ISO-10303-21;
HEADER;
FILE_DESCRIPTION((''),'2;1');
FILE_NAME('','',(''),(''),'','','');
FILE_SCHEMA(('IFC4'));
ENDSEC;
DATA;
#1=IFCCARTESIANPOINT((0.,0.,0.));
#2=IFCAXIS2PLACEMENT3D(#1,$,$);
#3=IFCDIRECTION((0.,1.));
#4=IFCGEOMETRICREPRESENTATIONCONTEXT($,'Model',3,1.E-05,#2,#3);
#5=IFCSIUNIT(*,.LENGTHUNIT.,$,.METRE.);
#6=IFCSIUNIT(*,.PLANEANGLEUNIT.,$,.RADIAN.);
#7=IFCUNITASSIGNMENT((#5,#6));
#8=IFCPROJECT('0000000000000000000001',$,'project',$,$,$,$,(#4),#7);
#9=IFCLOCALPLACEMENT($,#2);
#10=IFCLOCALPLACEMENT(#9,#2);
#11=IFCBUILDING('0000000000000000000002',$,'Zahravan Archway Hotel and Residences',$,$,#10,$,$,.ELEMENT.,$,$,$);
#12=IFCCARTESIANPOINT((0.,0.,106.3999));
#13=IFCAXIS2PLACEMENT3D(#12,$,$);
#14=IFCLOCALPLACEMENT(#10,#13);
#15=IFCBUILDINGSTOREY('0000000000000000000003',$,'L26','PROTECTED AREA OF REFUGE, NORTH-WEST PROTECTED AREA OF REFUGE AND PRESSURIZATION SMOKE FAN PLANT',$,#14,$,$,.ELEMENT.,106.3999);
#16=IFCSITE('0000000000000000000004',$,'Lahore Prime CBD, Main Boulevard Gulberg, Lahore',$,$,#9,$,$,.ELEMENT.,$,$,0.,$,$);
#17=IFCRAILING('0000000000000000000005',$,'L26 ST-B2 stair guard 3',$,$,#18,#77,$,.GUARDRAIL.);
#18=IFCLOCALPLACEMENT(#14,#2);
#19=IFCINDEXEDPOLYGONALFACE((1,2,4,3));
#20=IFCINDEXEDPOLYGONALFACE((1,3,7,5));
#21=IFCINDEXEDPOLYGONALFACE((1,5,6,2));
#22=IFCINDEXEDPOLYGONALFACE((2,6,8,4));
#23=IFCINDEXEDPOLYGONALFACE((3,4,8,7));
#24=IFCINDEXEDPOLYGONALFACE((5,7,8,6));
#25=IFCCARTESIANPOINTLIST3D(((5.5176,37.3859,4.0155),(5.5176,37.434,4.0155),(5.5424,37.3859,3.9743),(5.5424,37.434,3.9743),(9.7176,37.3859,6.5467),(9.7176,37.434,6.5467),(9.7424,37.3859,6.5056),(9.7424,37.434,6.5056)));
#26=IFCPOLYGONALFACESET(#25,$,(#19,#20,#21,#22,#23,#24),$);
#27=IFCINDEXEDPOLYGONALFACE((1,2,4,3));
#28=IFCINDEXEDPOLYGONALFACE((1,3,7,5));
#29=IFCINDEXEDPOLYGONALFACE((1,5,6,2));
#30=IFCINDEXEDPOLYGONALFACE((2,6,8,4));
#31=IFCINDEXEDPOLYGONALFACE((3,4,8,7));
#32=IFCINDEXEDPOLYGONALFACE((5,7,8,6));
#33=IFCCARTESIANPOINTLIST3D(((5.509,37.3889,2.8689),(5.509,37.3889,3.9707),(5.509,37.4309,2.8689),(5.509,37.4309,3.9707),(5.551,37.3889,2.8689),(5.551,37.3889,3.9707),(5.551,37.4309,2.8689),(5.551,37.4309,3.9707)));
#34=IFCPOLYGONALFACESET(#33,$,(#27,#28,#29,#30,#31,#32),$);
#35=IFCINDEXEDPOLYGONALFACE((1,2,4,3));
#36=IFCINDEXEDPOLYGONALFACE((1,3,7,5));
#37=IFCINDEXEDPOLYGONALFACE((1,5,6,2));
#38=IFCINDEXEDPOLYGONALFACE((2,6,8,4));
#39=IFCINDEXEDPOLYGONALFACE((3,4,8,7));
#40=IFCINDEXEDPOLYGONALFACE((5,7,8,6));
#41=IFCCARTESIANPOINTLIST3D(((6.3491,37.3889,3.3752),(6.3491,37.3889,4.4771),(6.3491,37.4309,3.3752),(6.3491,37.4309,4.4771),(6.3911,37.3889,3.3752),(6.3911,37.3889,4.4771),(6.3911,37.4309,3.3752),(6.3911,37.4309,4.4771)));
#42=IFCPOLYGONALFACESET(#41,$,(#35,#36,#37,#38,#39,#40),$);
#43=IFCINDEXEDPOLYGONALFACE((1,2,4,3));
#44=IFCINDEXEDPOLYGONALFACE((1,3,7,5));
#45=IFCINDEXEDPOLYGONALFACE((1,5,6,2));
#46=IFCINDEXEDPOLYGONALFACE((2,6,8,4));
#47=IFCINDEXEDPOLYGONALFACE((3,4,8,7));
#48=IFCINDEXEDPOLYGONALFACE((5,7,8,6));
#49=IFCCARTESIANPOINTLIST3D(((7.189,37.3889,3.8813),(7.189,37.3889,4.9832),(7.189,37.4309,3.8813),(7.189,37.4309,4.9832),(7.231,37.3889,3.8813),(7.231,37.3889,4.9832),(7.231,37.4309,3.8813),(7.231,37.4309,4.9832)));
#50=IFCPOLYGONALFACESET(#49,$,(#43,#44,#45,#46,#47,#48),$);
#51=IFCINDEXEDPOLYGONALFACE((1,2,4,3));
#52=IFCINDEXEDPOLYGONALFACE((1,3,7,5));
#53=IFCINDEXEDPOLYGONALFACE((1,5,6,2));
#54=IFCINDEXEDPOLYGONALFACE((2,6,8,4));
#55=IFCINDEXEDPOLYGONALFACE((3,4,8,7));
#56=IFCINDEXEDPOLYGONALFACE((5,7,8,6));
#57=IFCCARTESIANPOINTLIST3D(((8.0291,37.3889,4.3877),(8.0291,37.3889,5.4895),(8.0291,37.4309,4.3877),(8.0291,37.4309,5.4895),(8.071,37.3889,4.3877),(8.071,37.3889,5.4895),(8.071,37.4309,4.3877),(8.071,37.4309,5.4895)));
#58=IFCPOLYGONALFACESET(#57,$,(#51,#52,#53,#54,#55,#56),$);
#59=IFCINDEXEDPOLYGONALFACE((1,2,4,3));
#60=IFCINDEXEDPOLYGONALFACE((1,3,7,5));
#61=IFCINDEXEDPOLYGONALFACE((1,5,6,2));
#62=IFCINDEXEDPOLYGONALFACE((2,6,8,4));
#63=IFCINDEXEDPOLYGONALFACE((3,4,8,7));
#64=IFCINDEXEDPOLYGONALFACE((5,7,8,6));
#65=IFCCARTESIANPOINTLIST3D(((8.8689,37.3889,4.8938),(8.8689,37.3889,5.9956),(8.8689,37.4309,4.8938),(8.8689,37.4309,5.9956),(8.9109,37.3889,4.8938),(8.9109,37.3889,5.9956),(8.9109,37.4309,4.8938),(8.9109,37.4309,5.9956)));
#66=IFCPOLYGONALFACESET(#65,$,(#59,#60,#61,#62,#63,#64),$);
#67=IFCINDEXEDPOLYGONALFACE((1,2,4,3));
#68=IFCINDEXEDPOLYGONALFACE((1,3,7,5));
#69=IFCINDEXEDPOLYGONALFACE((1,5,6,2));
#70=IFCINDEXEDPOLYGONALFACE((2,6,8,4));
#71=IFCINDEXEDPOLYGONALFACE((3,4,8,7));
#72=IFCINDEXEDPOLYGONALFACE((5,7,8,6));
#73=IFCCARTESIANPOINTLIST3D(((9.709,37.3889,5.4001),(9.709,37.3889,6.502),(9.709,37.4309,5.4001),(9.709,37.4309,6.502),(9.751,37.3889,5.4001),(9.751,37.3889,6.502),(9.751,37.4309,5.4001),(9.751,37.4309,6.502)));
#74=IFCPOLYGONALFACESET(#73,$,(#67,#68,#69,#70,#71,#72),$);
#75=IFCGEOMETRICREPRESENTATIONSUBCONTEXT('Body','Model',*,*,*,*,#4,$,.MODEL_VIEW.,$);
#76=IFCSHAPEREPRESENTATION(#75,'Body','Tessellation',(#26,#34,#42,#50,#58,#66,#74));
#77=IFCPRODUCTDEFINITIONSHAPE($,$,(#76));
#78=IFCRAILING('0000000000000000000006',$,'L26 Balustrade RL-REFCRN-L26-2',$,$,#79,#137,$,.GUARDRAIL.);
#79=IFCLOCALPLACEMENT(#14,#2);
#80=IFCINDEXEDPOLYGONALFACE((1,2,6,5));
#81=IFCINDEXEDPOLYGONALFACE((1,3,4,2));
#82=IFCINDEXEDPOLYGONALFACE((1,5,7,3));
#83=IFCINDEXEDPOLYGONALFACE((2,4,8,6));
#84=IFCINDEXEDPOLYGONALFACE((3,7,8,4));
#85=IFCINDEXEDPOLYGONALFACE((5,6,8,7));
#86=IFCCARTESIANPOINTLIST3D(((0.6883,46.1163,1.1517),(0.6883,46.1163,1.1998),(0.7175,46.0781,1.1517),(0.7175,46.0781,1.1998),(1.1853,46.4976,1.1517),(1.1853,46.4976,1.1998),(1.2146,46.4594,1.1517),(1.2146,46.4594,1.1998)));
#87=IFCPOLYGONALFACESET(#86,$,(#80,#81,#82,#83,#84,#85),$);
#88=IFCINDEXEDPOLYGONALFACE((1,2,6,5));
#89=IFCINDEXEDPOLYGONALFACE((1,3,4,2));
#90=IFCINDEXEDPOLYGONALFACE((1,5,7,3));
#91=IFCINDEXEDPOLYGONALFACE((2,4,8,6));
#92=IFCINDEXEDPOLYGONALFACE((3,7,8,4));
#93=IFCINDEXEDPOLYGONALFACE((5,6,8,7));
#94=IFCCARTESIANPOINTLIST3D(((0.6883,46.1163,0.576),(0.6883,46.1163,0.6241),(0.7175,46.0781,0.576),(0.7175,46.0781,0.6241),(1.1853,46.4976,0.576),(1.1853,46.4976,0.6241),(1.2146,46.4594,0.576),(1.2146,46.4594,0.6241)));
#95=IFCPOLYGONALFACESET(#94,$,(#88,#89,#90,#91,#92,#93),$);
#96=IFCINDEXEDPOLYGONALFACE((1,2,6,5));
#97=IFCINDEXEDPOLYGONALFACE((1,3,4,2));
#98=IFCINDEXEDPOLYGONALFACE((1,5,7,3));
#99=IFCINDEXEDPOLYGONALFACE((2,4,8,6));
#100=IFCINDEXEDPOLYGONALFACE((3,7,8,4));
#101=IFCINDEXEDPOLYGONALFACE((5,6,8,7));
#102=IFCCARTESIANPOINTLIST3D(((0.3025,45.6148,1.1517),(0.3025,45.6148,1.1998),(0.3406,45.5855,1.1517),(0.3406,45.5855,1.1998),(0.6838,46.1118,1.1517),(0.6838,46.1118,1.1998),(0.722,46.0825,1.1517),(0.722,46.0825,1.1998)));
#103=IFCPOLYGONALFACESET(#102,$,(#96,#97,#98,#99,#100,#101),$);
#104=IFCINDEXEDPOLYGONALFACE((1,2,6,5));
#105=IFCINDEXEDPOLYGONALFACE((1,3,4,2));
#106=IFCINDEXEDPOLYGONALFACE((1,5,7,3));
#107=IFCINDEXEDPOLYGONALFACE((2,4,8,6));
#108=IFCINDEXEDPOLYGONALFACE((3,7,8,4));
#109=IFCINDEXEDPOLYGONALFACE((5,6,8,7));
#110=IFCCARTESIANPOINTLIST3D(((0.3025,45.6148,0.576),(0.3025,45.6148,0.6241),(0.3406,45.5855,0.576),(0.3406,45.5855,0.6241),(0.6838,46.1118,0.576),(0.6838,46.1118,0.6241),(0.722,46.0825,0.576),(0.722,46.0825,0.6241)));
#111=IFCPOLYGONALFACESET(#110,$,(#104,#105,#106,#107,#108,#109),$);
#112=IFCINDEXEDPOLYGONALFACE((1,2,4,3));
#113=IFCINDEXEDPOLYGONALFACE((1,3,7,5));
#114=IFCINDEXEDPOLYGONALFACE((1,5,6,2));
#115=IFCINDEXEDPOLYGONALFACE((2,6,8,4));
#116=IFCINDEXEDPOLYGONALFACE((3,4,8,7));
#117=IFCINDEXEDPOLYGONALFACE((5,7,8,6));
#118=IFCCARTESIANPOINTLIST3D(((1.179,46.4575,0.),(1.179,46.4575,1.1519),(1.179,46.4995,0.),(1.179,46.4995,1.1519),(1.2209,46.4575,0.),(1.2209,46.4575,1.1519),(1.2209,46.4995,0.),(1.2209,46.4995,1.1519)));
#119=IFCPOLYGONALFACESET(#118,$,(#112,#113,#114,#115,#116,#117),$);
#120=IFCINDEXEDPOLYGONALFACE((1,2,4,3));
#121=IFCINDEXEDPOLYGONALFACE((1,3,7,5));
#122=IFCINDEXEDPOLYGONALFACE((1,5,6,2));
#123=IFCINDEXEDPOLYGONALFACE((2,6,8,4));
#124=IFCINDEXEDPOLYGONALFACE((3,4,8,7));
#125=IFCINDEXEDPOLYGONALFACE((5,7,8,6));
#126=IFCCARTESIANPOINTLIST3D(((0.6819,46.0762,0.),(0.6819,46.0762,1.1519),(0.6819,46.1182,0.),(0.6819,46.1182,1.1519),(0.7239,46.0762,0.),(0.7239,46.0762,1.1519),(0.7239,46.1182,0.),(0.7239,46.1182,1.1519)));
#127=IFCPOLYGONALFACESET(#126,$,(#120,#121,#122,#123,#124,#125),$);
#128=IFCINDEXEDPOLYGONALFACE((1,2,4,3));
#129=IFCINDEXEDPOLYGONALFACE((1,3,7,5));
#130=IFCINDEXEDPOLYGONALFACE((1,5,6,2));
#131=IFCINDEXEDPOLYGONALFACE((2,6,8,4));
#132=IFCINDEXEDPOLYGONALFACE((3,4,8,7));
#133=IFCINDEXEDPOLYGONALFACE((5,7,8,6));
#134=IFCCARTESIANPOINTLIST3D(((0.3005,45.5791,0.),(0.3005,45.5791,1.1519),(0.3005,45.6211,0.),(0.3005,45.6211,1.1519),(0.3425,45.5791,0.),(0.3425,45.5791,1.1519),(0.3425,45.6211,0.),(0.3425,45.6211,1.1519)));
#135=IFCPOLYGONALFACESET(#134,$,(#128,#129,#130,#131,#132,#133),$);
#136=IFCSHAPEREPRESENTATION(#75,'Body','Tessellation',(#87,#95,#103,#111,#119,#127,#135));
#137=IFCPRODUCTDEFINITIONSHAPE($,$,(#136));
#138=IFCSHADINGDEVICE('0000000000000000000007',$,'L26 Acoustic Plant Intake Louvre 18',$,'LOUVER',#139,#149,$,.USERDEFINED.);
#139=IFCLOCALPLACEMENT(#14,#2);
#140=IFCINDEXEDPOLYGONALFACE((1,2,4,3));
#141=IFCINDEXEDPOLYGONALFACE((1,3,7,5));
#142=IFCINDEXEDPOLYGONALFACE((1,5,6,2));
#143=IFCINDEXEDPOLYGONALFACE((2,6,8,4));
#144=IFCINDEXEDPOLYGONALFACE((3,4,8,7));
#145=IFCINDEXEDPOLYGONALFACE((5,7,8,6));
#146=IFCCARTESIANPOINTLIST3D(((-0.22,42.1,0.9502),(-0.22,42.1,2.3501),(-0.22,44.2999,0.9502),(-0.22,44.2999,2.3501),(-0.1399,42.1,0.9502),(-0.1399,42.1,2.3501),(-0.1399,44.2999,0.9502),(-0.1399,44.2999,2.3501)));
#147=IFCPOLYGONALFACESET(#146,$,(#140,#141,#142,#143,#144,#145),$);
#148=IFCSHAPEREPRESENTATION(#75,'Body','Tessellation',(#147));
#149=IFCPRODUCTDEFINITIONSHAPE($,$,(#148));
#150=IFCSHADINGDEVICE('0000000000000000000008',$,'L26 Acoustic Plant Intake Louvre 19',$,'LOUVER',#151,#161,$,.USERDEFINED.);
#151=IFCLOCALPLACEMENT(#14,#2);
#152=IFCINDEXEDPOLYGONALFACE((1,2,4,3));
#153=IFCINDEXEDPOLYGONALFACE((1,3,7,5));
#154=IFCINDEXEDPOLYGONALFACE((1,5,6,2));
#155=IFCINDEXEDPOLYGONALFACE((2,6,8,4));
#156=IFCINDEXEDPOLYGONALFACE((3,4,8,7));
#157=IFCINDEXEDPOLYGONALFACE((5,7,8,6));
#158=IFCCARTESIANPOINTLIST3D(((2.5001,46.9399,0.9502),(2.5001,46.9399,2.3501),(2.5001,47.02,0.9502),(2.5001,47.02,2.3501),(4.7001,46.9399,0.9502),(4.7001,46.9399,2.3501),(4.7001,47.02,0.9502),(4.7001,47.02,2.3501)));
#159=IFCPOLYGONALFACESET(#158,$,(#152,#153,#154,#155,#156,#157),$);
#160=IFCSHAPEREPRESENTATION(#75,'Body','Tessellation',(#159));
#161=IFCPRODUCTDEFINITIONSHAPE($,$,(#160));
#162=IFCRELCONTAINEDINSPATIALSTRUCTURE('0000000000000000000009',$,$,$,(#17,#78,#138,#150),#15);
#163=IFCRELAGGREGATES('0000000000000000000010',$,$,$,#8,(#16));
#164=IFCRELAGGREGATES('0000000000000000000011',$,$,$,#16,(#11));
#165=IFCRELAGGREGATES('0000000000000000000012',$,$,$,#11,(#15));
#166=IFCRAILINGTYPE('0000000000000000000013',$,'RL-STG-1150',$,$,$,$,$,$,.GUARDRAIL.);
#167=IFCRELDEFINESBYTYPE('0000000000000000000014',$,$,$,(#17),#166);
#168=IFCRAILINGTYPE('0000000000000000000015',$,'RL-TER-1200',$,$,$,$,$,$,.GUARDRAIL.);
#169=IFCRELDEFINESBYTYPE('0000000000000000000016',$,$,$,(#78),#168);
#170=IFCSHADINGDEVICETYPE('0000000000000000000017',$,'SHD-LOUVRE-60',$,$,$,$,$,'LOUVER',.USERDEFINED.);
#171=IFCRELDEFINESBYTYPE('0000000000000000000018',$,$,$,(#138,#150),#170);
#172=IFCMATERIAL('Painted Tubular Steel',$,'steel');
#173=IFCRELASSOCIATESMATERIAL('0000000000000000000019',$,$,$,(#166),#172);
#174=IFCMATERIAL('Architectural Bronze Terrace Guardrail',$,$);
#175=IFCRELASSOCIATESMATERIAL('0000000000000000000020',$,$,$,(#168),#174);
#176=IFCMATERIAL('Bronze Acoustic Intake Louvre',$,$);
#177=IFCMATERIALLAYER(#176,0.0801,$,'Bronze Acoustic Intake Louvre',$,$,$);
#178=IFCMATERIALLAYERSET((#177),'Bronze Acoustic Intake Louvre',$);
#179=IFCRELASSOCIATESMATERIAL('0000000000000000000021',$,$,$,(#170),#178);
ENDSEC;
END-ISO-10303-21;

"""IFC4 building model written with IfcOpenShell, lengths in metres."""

from ifc_helpers import new_model, si_unit, direction, frame, origin, origin_2d, place, context, subcontext, project, spatial, rectangle, extrude, source, transform, mapped, material, layer, layer_set, type_object, type_shapes, element, save


model = new_model("IFC4")

# Units and contexts
model_context = context("Model", 3, precision=1e-05, world=origin(), true_north=direction((0.0, 1.0)))
body_context = subcontext(model_context, "Body", "Model", "MODEL_VIEW")
ifc_project = project(units=[si_unit("LENGTHUNIT", "METRE"), si_unit("PLANEANGLEUNIT", "RADIAN")], contexts=[model_context])

# Site, building, storey
site_placement = place(None, origin())
site = spatial("IfcSite", under=ifc_project, at=site_placement, Name="Lahore Prime CBD, Main Boulevard Gulberg, Lahore", CompositionType="ELEMENT", RefElevation=0.0)
building_placement = place(site_placement, origin())
building = spatial("IfcBuilding", under=site, at=building_placement, Name="Zahravan Archway Hotel and Residences", CompositionType="ELEMENT")
storey_placement = place(building_placement, frame((0.0, 0.0, 106.3999)))
storey = spatial("IfcBuildingStorey", under=building, at=storey_placement, Name="L26", Description="PROTECTED AREA OF REFUGE, NORTH-WEST PROTECTED AREA OF REFUGE AND PRESSURIZATION SMOKE FAN PLANT", CompositionType="ELEMENT", Elevation=106.3999)

# Railings
ifc_material_1 = material(Name="Painted Tubular Steel", Category="steel")
railing_type_1 = type_object("IfcRailingType", Name="RL-STG-1150", PredefinedType="GUARDRAIL", material=ifc_material_1)
railing_1_placement = place(storey_placement, frame((5.53, 37.4099, 2.8689)))
element("IfcRailing", 1, at=railing_1_placement, inside=storey, type_object=railing_type_1, Name="L26 ST-B2 stair guard 3", PredefinedType="GUARDRAIL", context=body_context, shape_type="SweptSolid", body=[
    extrude(rectangle(XDim=0.0481, YDim=0.0481, at=origin_2d()), frame((0.0, 0.0, 1.126), z_axis=(0.856476, 0.0, 0.516186), x_axis=(0.0, 1.0, 0.0)), (0.0, 0.0, 1.0), 4.9038),
    extrude(rectangle(XDim=0.042, YDim=0.042, at=origin_2d()), origin(), (0.0, 0.0, 1.0), 1.1018),
    extrude(rectangle(XDim=0.042, YDim=0.042, at=origin_2d()), frame((0.8401, 0.0, 0.5063)), (0.0, 0.0, 1.0), 1.1018),
    extrude(rectangle(XDim=0.042, YDim=0.042, at=origin_2d()), frame((1.6799, 0.0, 1.0125)), (0.0, 0.0, 1.0), 1.1018),
    extrude(rectangle(XDim=0.042, YDim=0.042, at=origin_2d()), frame((2.52, 0.0, 1.5188)), (0.0, 0.0, 1.0), 1.1018),
    extrude(rectangle(XDim=0.042, YDim=0.042, at=origin_2d()), frame((3.3599, 0.0, 2.0249)), (0.0, 0.0, 1.0), 1.1018),
    extrude(rectangle(XDim=0.042, YDim=0.042, at=origin_2d()), frame((4.2, 0.0, 2.5312)), (0.0, 0.0, 1.0), 1.1018),
])
ifc_material_2 = material(Name="Architectural Bronze Terrace Guardrail")
railing_type_2 = type_object("IfcRailingType", Name="RL-TER-1200", PredefinedType="GUARDRAIL", material=ifc_material_2)
railing_2_placement = place(storey_placement, frame((1.2, 46.4785, 0.0)))
element("IfcRailing", 2, at=railing_2_placement, inside=storey, type_object=railing_type_2, Name="L26 Balustrade RL-REFCRN-L26-2", PredefinedType="GUARDRAIL", context=body_context, shape_type="SweptSolid", body=[
    extrude(rectangle(XDim=0.0481, YDim=0.0481, at=origin_2d()), frame((0.0, 0.0, 1.1758), z_axis=(-0.793406, -0.608693, 0.0), x_axis=(0.608693, -0.793406, 0.0)), (0.0, 0.0, 1.0), 0.6265),
    extrude(rectangle(XDim=0.0481, YDim=0.0481, at=origin_2d()), frame((0.0, 0.0, 0.6001), z_axis=(-0.793406, -0.608693, 0.0), x_axis=(0.608693, -0.793406, 0.0)), (0.0, 0.0, 1.0), 0.6265),
    extrude(rectangle(XDim=0.0481, YDim=0.0481, at=origin_2d()), frame((-0.4971, -0.3813, 1.1758), z_axis=(-0.608693, -0.793406, 0.0), x_axis=(0.793406, -0.608693, 0.0)), (0.0, 0.0, 1.0), 0.6265),
    extrude(rectangle(XDim=0.0481, YDim=0.0481, at=origin_2d()), frame((-0.4971, -0.3813, 0.6001), z_axis=(-0.608693, -0.793406, 0.0), x_axis=(0.793406, -0.608693, 0.0)), (0.0, 0.0, 1.0), 0.6265),
    extrude(rectangle(XDim=0.042, YDim=0.042, at=origin_2d()), origin(), (0.0, 0.0, 1.0), 1.1519),
    extrude(rectangle(XDim=0.042, YDim=0.042, at=origin_2d()), frame((-0.4971, -0.3813, 0.0)), (0.0, 0.0, 1.0), 1.1519),
    extrude(rectangle(XDim=0.042, YDim=0.042, at=origin_2d()), frame((-0.8784, -0.8784, 0.0)), (0.0, 0.0, 1.0), 1.1519),
])

# Shading devices
ifc_material_3 = material(Name="Bronze Acoustic Intake Louvre")
ifc_layer_1 = layer(ifc_material_3, 0.0801, Name="Bronze Acoustic Intake Louvre")
ifc_layer_set_1 = layer_set([ifc_layer_1], Name="Bronze Acoustic Intake Louvre")
shading_device_type = type_object("IfcShadingDeviceType", Name="SHD-LOUVRE-60", ElementType="LOUVER", PredefinedType="USERDEFINED", material=ifc_layer_set_1)
shared_shape_1 = source(origin(), body_context, "Body", "SweptSolid", [
    extrude(rectangle(XDim=2.2, YDim=0.0801, at=origin_2d()), origin(), (0.0, 0.0, 1.0), 1.3999),
])
type_shapes(shading_device_type, [shared_shape_1])
for number, where, z_axis, x_axis, name in (
    (3, (-0.1799, 43.2, 0.9502), (0.0, 0.0, 1.0), (0.0, 1.0, 0.0), "L26 Acoustic Plant Intake Louvre 18"),
    (4, (3.6001, 46.98, 0.9502), (0.0, 0.0, 1.0), (1.0, 0.0, 0.0), "L26 Acoustic Plant Intake Louvre 19"),
):
    element("IfcShadingDevice", number, at=place(storey_placement, frame(where, z_axis=z_axis, x_axis=x_axis)), inside=storey, type_object=shading_device_type, Name=name, ObjectType="LOUVER", PredefinedType="USERDEFINED", context=body_context, shape_type="MappedRepresentation", body=[
        mapped(shared_shape_1, transform((0.0, 0.0, 0.0), scale=1.0)),
    ])

save(model, "model.ifc")
